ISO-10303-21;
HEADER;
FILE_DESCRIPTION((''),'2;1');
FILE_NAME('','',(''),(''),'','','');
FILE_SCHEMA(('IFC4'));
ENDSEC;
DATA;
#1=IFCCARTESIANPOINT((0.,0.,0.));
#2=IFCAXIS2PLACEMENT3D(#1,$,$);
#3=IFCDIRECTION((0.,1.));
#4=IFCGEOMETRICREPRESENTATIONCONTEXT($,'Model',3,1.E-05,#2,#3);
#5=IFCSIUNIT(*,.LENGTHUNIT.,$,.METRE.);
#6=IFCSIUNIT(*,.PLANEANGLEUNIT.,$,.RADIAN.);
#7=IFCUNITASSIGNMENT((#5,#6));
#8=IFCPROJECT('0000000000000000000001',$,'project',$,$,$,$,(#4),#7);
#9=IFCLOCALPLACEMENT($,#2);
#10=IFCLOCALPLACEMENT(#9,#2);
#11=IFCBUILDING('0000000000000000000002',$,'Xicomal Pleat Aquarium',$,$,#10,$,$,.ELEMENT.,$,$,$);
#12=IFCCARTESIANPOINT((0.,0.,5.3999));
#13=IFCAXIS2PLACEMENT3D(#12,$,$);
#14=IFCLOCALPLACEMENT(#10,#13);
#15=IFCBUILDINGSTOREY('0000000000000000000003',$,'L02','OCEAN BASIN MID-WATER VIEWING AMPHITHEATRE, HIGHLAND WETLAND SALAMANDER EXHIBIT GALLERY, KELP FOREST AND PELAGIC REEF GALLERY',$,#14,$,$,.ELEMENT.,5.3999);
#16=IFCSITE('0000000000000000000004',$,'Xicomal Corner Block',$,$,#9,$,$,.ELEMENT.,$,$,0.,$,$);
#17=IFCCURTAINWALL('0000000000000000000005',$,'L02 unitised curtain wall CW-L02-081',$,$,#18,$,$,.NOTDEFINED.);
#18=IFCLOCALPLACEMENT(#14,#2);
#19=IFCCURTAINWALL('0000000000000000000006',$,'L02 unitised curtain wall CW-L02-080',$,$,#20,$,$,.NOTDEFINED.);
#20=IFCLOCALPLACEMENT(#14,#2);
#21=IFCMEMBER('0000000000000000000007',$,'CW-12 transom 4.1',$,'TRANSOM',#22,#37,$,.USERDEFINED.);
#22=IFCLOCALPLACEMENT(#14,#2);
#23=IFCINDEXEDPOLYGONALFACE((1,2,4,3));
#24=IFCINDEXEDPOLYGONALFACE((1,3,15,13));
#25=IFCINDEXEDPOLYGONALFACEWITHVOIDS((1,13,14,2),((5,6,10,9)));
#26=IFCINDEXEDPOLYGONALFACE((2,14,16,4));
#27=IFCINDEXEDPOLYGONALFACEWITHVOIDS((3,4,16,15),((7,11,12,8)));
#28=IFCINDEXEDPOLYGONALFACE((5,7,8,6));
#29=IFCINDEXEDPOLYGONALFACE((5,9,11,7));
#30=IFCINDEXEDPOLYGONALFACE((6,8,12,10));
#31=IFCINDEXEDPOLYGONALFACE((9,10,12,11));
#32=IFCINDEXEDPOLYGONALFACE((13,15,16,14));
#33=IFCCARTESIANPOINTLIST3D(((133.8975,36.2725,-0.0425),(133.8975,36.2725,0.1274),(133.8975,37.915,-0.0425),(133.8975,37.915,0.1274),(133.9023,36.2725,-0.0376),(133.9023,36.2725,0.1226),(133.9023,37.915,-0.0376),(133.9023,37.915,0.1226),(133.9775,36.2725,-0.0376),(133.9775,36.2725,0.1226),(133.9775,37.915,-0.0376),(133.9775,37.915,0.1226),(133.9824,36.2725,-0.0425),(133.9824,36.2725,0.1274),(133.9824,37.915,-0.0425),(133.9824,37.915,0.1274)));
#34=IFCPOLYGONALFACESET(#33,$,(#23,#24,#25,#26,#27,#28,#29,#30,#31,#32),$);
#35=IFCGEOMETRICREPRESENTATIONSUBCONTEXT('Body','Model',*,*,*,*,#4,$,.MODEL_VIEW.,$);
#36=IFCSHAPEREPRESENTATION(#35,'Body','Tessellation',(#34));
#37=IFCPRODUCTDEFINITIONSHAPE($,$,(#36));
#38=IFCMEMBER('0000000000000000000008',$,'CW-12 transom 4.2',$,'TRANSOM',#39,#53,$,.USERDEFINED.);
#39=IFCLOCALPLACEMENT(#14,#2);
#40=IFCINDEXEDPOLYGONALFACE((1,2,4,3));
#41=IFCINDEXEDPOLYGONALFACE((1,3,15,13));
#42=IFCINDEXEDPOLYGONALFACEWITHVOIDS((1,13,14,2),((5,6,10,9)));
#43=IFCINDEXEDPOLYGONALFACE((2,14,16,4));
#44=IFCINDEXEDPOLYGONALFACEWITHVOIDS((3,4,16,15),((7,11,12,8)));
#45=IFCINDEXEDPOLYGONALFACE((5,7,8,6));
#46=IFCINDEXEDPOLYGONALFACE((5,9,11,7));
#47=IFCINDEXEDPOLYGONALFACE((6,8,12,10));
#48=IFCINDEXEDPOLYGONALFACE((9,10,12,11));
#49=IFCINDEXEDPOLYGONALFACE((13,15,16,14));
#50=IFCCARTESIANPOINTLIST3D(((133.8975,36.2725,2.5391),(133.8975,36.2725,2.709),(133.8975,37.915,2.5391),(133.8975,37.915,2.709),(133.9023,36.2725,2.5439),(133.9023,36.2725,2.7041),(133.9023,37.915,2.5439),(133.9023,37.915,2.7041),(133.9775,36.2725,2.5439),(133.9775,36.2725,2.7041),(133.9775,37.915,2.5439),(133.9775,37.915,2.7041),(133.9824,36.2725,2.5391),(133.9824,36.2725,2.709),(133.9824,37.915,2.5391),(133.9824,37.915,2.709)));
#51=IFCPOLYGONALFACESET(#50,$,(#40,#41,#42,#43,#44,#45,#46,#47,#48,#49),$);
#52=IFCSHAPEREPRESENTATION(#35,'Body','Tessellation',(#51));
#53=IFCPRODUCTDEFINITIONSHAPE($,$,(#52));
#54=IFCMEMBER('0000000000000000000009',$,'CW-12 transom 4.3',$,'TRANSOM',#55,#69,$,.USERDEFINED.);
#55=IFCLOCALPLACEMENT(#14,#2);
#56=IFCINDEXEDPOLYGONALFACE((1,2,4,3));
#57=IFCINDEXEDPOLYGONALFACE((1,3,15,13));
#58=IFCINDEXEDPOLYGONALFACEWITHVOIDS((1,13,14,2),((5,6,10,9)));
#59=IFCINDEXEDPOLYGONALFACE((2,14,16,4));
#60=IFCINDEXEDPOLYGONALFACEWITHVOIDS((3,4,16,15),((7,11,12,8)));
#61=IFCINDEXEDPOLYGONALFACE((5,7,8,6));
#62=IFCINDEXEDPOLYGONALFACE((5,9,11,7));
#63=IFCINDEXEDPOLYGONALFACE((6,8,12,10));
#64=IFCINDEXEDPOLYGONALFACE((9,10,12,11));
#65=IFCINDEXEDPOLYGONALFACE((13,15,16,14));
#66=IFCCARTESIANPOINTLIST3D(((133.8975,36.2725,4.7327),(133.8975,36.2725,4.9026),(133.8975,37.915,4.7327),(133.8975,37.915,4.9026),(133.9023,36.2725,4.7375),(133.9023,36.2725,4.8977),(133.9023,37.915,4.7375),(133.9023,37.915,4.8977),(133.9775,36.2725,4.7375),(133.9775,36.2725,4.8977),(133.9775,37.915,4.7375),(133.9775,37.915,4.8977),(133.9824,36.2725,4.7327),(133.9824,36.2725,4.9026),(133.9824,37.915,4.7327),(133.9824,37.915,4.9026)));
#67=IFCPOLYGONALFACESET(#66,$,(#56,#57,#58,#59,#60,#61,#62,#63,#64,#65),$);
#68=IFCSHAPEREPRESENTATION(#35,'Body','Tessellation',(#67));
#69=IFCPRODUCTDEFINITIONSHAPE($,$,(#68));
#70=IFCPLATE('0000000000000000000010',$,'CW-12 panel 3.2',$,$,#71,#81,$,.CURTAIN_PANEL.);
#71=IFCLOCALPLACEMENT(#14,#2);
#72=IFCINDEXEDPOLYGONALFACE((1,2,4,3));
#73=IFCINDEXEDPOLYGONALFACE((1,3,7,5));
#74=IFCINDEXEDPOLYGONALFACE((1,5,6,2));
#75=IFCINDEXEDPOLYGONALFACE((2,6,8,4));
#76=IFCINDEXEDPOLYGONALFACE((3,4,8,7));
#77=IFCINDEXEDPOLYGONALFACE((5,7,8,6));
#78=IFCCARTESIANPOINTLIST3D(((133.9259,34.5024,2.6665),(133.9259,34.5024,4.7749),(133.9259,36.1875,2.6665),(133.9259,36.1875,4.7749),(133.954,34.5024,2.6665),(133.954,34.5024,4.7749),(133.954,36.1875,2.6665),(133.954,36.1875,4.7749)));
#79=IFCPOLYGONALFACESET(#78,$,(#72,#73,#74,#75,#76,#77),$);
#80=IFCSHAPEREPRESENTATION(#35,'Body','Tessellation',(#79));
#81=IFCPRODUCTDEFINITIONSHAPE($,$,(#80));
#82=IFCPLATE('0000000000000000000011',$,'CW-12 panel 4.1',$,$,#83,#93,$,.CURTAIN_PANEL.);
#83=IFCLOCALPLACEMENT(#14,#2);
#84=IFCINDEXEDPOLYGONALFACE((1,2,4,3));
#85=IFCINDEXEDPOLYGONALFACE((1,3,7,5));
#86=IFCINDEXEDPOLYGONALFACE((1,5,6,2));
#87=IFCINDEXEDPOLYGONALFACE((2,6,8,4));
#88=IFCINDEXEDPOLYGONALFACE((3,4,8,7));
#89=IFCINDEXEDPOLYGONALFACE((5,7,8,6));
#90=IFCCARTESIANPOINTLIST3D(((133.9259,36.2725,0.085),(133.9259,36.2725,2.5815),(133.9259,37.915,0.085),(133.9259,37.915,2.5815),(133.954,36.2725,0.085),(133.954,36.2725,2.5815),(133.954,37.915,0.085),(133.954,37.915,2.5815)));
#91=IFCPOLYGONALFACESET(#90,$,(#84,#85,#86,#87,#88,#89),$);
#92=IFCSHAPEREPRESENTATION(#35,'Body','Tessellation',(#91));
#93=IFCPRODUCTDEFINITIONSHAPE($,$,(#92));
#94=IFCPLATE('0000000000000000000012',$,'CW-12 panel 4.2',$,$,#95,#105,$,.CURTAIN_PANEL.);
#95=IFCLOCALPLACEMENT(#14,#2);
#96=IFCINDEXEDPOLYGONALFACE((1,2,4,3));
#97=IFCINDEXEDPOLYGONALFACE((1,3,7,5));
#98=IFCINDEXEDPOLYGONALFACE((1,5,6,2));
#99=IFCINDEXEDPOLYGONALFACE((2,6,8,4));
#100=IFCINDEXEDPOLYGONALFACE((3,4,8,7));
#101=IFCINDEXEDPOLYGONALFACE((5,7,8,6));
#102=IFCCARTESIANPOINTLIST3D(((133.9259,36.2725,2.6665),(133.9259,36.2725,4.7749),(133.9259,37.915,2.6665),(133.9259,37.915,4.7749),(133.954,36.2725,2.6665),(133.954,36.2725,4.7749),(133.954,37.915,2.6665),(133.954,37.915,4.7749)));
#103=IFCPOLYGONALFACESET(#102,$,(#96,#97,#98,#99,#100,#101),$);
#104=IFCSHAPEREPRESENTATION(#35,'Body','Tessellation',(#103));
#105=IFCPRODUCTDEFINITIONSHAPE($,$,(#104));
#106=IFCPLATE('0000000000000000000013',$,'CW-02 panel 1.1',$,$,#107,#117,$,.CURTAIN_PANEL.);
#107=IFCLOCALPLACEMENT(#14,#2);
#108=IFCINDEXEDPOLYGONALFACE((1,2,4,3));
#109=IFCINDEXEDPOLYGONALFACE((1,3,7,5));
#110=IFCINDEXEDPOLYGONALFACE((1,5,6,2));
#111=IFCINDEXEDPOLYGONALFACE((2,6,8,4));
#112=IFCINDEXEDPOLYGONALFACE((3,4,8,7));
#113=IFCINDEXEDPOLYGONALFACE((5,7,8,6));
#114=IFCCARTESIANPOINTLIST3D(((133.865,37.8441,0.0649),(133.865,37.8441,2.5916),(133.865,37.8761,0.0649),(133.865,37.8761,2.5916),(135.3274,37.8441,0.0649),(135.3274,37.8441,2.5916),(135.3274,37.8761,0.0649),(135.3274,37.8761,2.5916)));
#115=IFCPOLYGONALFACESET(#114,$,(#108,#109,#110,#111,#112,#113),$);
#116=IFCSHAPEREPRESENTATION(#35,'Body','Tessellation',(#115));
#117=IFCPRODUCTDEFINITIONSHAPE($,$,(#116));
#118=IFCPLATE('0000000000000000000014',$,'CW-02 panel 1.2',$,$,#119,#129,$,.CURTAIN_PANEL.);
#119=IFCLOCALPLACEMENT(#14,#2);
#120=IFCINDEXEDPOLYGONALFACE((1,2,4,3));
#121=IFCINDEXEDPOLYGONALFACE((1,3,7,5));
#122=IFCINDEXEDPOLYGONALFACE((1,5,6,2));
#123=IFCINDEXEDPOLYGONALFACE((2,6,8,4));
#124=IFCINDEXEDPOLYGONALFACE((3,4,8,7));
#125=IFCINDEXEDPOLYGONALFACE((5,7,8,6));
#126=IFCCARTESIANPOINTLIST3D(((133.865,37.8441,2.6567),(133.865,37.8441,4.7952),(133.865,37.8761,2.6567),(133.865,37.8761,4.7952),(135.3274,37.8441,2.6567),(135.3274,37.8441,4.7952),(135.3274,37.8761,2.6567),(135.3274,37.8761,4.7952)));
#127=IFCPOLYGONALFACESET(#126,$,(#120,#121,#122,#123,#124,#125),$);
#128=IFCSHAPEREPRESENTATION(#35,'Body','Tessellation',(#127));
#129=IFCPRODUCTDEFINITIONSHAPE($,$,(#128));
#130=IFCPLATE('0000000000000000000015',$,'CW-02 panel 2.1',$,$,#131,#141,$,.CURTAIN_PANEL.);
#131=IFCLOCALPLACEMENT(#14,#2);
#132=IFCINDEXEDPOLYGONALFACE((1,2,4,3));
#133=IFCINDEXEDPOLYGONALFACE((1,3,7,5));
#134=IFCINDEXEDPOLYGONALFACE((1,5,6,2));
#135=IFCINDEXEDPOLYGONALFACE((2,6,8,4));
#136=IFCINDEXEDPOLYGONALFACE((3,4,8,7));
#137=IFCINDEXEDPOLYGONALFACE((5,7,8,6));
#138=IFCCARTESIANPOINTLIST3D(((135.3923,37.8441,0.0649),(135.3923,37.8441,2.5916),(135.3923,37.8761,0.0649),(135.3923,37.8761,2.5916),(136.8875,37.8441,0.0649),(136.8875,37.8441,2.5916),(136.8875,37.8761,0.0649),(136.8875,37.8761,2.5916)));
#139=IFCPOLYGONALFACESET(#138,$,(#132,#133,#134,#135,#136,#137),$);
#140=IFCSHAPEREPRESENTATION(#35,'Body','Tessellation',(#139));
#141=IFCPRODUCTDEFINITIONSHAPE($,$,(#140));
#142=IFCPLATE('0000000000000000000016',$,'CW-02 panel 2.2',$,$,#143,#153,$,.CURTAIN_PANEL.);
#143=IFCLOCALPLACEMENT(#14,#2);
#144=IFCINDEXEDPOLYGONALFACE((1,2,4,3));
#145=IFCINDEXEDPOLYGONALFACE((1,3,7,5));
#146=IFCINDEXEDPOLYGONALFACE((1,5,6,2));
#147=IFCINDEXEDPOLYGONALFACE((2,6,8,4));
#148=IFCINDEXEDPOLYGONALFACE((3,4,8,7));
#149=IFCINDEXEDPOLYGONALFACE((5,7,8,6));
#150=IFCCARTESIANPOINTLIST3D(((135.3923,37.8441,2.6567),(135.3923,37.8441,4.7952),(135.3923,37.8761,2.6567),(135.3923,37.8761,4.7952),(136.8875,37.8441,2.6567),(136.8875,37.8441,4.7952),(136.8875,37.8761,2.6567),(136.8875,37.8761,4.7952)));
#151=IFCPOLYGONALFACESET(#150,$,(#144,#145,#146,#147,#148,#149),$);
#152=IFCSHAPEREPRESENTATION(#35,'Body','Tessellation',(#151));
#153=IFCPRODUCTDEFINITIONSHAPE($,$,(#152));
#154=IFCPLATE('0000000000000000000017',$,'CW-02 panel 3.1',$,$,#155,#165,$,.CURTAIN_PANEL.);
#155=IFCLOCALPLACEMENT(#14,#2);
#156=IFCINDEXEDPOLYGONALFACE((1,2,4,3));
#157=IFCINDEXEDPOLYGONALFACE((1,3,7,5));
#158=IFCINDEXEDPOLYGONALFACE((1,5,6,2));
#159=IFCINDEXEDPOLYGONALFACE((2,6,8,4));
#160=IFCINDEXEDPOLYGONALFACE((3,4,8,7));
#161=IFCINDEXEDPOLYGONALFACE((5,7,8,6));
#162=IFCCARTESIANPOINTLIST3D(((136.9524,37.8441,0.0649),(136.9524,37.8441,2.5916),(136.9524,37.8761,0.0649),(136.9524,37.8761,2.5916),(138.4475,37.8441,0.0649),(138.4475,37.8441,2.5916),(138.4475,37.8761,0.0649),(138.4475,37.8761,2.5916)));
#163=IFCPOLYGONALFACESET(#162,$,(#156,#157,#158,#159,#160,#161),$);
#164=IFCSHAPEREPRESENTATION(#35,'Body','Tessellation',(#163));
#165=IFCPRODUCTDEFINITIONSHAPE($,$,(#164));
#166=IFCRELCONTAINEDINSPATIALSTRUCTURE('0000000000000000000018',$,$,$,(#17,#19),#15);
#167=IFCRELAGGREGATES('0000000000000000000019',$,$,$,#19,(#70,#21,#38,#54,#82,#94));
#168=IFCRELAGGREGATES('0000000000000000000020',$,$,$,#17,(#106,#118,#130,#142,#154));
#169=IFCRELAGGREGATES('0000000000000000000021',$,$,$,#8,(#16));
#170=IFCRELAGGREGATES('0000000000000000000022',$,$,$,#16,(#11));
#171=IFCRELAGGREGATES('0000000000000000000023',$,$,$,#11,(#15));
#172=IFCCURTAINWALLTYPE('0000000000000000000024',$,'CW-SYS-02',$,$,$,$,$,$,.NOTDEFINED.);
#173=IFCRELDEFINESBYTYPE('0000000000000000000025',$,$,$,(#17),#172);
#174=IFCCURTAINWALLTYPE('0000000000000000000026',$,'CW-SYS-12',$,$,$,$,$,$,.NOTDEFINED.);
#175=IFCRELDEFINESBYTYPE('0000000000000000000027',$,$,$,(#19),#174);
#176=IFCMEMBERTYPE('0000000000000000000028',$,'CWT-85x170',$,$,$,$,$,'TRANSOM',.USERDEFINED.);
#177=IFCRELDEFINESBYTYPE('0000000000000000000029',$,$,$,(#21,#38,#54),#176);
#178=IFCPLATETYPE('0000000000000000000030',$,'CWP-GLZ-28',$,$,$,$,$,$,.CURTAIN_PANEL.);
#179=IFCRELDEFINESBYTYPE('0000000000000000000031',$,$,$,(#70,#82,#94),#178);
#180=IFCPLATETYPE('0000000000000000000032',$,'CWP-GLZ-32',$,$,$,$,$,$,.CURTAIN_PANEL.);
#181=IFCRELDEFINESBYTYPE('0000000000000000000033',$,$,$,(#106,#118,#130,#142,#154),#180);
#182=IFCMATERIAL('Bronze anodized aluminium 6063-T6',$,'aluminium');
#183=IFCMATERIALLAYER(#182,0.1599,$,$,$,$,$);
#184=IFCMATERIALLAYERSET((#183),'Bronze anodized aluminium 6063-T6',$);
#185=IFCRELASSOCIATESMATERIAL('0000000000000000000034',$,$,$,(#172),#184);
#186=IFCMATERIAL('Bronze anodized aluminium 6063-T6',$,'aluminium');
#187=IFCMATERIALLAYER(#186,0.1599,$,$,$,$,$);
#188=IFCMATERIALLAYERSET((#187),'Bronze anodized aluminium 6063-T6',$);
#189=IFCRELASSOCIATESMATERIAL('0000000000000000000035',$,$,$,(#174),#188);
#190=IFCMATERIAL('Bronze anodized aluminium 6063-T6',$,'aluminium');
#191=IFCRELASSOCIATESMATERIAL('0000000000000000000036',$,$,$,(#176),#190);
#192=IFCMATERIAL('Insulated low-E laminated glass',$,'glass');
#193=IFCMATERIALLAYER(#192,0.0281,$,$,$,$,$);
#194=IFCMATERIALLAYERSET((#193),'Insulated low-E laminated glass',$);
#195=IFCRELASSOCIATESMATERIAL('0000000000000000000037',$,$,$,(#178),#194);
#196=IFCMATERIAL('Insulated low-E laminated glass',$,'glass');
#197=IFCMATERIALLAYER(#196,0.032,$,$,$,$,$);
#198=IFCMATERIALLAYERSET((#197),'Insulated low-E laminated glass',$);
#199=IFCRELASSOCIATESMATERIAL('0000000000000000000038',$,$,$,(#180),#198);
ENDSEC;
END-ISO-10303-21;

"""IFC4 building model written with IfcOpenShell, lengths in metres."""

from ifc_helpers import new_model, si_unit, direction, frame, origin, origin_2d, place, context, subcontext, project, spatial, rectangle, hollow_rectangle, extrude, material, layer, layer_set, material_profile, profile_set, type_object, element, aggregate, save


model = new_model("IFC4")

# Units and contexts
model_context = context("Model", 3, precision=1e-05, world=origin(), true_north=direction((0.0, 1.0)))
body_context = subcontext(model_context, "Body", "Model", "MODEL_VIEW")
ifc_project = project(units=[si_unit("LENGTHUNIT", "METRE"), si_unit("PLANEANGLEUNIT", "RADIAN")], contexts=[model_context])

# Site, building, storey
site_placement = place(None, origin())
site = spatial("IfcSite", under=ifc_project, at=site_placement, Name="Xicomal Corner Block", CompositionType="ELEMENT", RefElevation=0.0)
building_placement = place(site_placement, origin())
building = spatial("IfcBuilding", under=site, at=building_placement, Name="Xicomal Pleat Aquarium", CompositionType="ELEMENT")
storey_placement = place(building_placement, frame((0.0, 0.0, 5.3999)))
storey = spatial("IfcBuildingStorey", under=building, at=storey_placement, Name="L02", Description="OCEAN BASIN MID-WATER VIEWING AMPHITHEATRE, HIGHLAND WETLAND SALAMANDER EXHIBIT GALLERY, KELP FOREST AND PELAGIC REEF GALLERY", CompositionType="ELEMENT", Elevation=5.3999)

# Curtain walls
ifc_material_1 = material(Name="Bronze anodized aluminium 6063-T6", Category="aluminium")
ifc_layer_1 = layer(ifc_material_1, 0.1599)
ifc_layer_set_1 = layer_set([ifc_layer_1], Name="Bronze anodized aluminium 6063-T6")
curtain_wall_type_1 = type_object("IfcCurtainWallType", Name="CW-SYS-02", PredefinedType="NOTDEFINED", material=ifc_layer_set_1)
curtain_wall_1_placement = place(storey_placement, origin())
curtain_wall_1 = element("IfcCurtainWall", 1, at=curtain_wall_1_placement, inside=storey, type_object=curtain_wall_type_1, Name="L02 unitised curtain wall CW-L02-081", PredefinedType="NOTDEFINED")
ifc_material_2 = material(Name="Bronze anodized aluminium 6063-T6", Category="aluminium")
ifc_layer_2 = layer(ifc_material_2, 0.1599)
ifc_layer_set_2 = layer_set([ifc_layer_2], Name="Bronze anodized aluminium 6063-T6")
curtain_wall_type_2 = type_object("IfcCurtainWallType", Name="CW-SYS-12", PredefinedType="NOTDEFINED", material=ifc_layer_set_2)
curtain_wall_2_placement = place(storey_placement, origin())
curtain_wall_2 = element("IfcCurtainWall", 2, at=curtain_wall_2_placement, inside=storey, type_object=curtain_wall_type_2, Name="L02 unitised curtain wall CW-L02-080", PredefinedType="NOTDEFINED")

# Members
ifc_material_3 = material(Name="Bronze anodized aluminium 6063-T6", Category="aluminium")
ifc_material_profile_1 = material_profile(ifc_material_3, hollow_rectangle(XDim=0.085, YDim=0.1699, WallThickness=0.0049, at=origin_2d()), Name="ALU TRAN 85x170")
ifc_profile_set_1 = profile_set([ifc_material_profile_1], Name="Bronze anodized aluminium 6063-T6")
member_type_1 = type_object("IfcMemberType", Name="CWT-85x170", ElementType="TRANSOM", PredefinedType="USERDEFINED", material=ifc_profile_set_1)
member_1_placement = place(storey_placement, frame((133.9399, 36.2725, 0.0425), z_axis=(0.0, 1.0, 0.0), x_axis=(-1.0, 0.0, 0.0)))
member_1 = element("IfcMember", 3, at=member_1_placement, type_object=member_type_1, Name="CW-12 transom 4.1", ObjectType="TRANSOM", PredefinedType="USERDEFINED", context=body_context, shape_type="SweptSolid", body=[
    extrude(hollow_rectangle(XDim=0.085, YDim=0.1699, WallThickness=0.0049, at=origin_2d()), origin(), (0.0, 0.0, 1.0), 1.6426),
])
member_2_placement = place(storey_placement, frame((133.9399, 36.2725, 2.624), z_axis=(0.0, 1.0, 0.0), x_axis=(-1.0, 0.0, 0.0)))
member_2 = element("IfcMember", 4, at=member_2_placement, type_object=member_type_1, Name="CW-12 transom 4.2", ObjectType="TRANSOM", PredefinedType="USERDEFINED", context=body_context, shape_type="SweptSolid", body=[
    extrude(hollow_rectangle(XDim=0.085, YDim=0.1699, WallThickness=0.0049, at=origin_2d()), origin(), (0.0, 0.0, 1.0), 1.6426),
])
member_3_placement = place(storey_placement, frame((133.9399, 36.2725, 4.8176), z_axis=(0.0, 1.0, 0.0), x_axis=(-1.0, 0.0, 0.0)))
member_3 = element("IfcMember", 5, at=member_3_placement, type_object=member_type_1, Name="CW-12 transom 4.3", ObjectType="TRANSOM", PredefinedType="USERDEFINED", context=body_context, shape_type="SweptSolid", body=[
    extrude(hollow_rectangle(XDim=0.085, YDim=0.1699, WallThickness=0.0049, at=origin_2d()), origin(), (0.0, 0.0, 1.0), 1.6426),
])

# Plates
ifc_material_4 = material(Name="Insulated low-E laminated glass", Category="glass")
ifc_layer_3 = layer(ifc_material_4, 0.0281)
ifc_layer_set_3 = layer_set([ifc_layer_3], Name="Insulated low-E laminated glass")
plate_type_1 = type_object("IfcPlateType", Name="CWP-GLZ-28", PredefinedType="CURTAIN_PANEL", material=ifc_layer_set_3)
plate_1_placement = place(storey_placement, frame((133.9399, 35.345, 2.6665), z_axis=(0.0, 0.0, 1.0), x_axis=(0.0, 1.0, 0.0)))
plate_1 = element("IfcPlate", 6, at=plate_1_placement, type_object=plate_type_1, Name="CW-12 panel 3.2", PredefinedType="CURTAIN_PANEL", context=body_context, shape_type="SweptSolid", body=[
    extrude(rectangle(XDim=1.6851, YDim=0.0281, at=origin_2d()), origin(), (0.0, 0.0, 1.0), 2.1084),
])
plate_2_placement = place(storey_placement, frame((133.9399, 37.0938, 0.085), z_axis=(0.0, 0.0, 1.0), x_axis=(0.0, 1.0, 0.0)))
plate_2 = element("IfcPlate", 7, at=plate_2_placement, type_object=plate_type_1, Name="CW-12 panel 4.1", PredefinedType="CURTAIN_PANEL", context=body_context, shape_type="SweptSolid", body=[
    extrude(rectangle(XDim=1.6426, YDim=0.0281, at=origin_2d()), origin(), (0.0, 0.0, 1.0), 2.4966),
])
plate_3_placement = place(storey_placement, frame((133.9399, 37.0938, 2.6665), z_axis=(0.0, 0.0, 1.0), x_axis=(0.0, 1.0, 0.0)))
plate_3 = element("IfcPlate", 8, at=plate_3_placement, type_object=plate_type_1, Name="CW-12 panel 4.2", PredefinedType="CURTAIN_PANEL", context=body_context, shape_type="SweptSolid", body=[
    extrude(rectangle(XDim=1.6426, YDim=0.0281, at=origin_2d()), origin(), (0.0, 0.0, 1.0), 2.1084),
])
aggregate(curtain_wall_2, [plate_1, member_1, member_2, member_3, plate_2, plate_3])
ifc_material_5 = material(Name="Insulated low-E laminated glass", Category="glass")
ifc_layer_4 = layer(ifc_material_5, 0.032)
ifc_layer_set_4 = layer_set([ifc_layer_4], Name="Insulated low-E laminated glass")
plate_type_2 = type_object("IfcPlateType", Name="CWP-GLZ-32", PredefinedType="CURTAIN_PANEL", material=ifc_layer_set_4)
plate_4_placement = place(storey_placement, frame((134.5962, 37.8601, 0.0649), z_axis=(0.0, 0.0, 1.0), x_axis=(1.0, 0.0, 0.0)))
plate_4 = element("IfcPlate", 9, at=plate_4_placement, type_object=plate_type_2, Name="CW-02 panel 1.1", PredefinedType="CURTAIN_PANEL", context=body_context, shape_type="SweptSolid", body=[
    extrude(rectangle(XDim=1.4624, YDim=0.032, at=origin_2d()), origin(), (0.0, 0.0, 1.0), 2.5266),
])
plate_5_placement = place(storey_placement, frame((134.5962, 37.8601, 2.6567), z_axis=(0.0, 0.0, 1.0), x_axis=(1.0, 0.0, 0.0)))
plate_5 = element("IfcPlate", 10, at=plate_5_placement, type_object=plate_type_2, Name="CW-02 panel 1.2", PredefinedType="CURTAIN_PANEL", context=body_context, shape_type="SweptSolid", body=[
    extrude(rectangle(XDim=1.4624, YDim=0.032, at=origin_2d()), origin(), (0.0, 0.0, 1.0), 2.1384),
])
plate_6_placement = place(storey_placement, frame((136.1399, 37.8601, 0.0649), z_axis=(0.0, 0.0, 1.0), x_axis=(1.0, 0.0, 0.0)))
plate_6 = element("IfcPlate", 11, at=plate_6_placement, type_object=plate_type_2, Name="CW-02 panel 2.1", PredefinedType="CURTAIN_PANEL", context=body_context, shape_type="SweptSolid", body=[
    extrude(rectangle(XDim=1.4951, YDim=0.032, at=origin_2d()), origin(), (0.0, 0.0, 1.0), 2.5266),
])
plate_7_placement = place(storey_placement, frame((136.1399, 37.8601, 2.6567), z_axis=(0.0, 0.0, 1.0), x_axis=(1.0, 0.0, 0.0)))
plate_7 = element("IfcPlate", 12, at=plate_7_placement, type_object=plate_type_2, Name="CW-02 panel 2.2", PredefinedType="CURTAIN_PANEL", context=body_context, shape_type="SweptSolid", body=[
    extrude(rectangle(XDim=1.4951, YDim=0.032, at=origin_2d()), origin(), (0.0, 0.0, 1.0), 2.1384),
])
plate_8_placement = place(storey_placement, frame((137.7, 37.8601, 0.0649), z_axis=(0.0, 0.0, 1.0), x_axis=(1.0, 0.0, 0.0)))
plate_8 = element("IfcPlate", 13, at=plate_8_placement, type_object=plate_type_2, Name="CW-02 panel 3.1", PredefinedType="CURTAIN_PANEL", context=body_context, shape_type="SweptSolid", body=[
    extrude(rectangle(XDim=1.4951, YDim=0.032, at=origin_2d()), origin(), (0.0, 0.0, 1.0), 2.5266),
])
aggregate(curtain_wall_1, [plate_4, plate_5, plate_6, plate_7, plate_8])

save(model, "model.ifc")
